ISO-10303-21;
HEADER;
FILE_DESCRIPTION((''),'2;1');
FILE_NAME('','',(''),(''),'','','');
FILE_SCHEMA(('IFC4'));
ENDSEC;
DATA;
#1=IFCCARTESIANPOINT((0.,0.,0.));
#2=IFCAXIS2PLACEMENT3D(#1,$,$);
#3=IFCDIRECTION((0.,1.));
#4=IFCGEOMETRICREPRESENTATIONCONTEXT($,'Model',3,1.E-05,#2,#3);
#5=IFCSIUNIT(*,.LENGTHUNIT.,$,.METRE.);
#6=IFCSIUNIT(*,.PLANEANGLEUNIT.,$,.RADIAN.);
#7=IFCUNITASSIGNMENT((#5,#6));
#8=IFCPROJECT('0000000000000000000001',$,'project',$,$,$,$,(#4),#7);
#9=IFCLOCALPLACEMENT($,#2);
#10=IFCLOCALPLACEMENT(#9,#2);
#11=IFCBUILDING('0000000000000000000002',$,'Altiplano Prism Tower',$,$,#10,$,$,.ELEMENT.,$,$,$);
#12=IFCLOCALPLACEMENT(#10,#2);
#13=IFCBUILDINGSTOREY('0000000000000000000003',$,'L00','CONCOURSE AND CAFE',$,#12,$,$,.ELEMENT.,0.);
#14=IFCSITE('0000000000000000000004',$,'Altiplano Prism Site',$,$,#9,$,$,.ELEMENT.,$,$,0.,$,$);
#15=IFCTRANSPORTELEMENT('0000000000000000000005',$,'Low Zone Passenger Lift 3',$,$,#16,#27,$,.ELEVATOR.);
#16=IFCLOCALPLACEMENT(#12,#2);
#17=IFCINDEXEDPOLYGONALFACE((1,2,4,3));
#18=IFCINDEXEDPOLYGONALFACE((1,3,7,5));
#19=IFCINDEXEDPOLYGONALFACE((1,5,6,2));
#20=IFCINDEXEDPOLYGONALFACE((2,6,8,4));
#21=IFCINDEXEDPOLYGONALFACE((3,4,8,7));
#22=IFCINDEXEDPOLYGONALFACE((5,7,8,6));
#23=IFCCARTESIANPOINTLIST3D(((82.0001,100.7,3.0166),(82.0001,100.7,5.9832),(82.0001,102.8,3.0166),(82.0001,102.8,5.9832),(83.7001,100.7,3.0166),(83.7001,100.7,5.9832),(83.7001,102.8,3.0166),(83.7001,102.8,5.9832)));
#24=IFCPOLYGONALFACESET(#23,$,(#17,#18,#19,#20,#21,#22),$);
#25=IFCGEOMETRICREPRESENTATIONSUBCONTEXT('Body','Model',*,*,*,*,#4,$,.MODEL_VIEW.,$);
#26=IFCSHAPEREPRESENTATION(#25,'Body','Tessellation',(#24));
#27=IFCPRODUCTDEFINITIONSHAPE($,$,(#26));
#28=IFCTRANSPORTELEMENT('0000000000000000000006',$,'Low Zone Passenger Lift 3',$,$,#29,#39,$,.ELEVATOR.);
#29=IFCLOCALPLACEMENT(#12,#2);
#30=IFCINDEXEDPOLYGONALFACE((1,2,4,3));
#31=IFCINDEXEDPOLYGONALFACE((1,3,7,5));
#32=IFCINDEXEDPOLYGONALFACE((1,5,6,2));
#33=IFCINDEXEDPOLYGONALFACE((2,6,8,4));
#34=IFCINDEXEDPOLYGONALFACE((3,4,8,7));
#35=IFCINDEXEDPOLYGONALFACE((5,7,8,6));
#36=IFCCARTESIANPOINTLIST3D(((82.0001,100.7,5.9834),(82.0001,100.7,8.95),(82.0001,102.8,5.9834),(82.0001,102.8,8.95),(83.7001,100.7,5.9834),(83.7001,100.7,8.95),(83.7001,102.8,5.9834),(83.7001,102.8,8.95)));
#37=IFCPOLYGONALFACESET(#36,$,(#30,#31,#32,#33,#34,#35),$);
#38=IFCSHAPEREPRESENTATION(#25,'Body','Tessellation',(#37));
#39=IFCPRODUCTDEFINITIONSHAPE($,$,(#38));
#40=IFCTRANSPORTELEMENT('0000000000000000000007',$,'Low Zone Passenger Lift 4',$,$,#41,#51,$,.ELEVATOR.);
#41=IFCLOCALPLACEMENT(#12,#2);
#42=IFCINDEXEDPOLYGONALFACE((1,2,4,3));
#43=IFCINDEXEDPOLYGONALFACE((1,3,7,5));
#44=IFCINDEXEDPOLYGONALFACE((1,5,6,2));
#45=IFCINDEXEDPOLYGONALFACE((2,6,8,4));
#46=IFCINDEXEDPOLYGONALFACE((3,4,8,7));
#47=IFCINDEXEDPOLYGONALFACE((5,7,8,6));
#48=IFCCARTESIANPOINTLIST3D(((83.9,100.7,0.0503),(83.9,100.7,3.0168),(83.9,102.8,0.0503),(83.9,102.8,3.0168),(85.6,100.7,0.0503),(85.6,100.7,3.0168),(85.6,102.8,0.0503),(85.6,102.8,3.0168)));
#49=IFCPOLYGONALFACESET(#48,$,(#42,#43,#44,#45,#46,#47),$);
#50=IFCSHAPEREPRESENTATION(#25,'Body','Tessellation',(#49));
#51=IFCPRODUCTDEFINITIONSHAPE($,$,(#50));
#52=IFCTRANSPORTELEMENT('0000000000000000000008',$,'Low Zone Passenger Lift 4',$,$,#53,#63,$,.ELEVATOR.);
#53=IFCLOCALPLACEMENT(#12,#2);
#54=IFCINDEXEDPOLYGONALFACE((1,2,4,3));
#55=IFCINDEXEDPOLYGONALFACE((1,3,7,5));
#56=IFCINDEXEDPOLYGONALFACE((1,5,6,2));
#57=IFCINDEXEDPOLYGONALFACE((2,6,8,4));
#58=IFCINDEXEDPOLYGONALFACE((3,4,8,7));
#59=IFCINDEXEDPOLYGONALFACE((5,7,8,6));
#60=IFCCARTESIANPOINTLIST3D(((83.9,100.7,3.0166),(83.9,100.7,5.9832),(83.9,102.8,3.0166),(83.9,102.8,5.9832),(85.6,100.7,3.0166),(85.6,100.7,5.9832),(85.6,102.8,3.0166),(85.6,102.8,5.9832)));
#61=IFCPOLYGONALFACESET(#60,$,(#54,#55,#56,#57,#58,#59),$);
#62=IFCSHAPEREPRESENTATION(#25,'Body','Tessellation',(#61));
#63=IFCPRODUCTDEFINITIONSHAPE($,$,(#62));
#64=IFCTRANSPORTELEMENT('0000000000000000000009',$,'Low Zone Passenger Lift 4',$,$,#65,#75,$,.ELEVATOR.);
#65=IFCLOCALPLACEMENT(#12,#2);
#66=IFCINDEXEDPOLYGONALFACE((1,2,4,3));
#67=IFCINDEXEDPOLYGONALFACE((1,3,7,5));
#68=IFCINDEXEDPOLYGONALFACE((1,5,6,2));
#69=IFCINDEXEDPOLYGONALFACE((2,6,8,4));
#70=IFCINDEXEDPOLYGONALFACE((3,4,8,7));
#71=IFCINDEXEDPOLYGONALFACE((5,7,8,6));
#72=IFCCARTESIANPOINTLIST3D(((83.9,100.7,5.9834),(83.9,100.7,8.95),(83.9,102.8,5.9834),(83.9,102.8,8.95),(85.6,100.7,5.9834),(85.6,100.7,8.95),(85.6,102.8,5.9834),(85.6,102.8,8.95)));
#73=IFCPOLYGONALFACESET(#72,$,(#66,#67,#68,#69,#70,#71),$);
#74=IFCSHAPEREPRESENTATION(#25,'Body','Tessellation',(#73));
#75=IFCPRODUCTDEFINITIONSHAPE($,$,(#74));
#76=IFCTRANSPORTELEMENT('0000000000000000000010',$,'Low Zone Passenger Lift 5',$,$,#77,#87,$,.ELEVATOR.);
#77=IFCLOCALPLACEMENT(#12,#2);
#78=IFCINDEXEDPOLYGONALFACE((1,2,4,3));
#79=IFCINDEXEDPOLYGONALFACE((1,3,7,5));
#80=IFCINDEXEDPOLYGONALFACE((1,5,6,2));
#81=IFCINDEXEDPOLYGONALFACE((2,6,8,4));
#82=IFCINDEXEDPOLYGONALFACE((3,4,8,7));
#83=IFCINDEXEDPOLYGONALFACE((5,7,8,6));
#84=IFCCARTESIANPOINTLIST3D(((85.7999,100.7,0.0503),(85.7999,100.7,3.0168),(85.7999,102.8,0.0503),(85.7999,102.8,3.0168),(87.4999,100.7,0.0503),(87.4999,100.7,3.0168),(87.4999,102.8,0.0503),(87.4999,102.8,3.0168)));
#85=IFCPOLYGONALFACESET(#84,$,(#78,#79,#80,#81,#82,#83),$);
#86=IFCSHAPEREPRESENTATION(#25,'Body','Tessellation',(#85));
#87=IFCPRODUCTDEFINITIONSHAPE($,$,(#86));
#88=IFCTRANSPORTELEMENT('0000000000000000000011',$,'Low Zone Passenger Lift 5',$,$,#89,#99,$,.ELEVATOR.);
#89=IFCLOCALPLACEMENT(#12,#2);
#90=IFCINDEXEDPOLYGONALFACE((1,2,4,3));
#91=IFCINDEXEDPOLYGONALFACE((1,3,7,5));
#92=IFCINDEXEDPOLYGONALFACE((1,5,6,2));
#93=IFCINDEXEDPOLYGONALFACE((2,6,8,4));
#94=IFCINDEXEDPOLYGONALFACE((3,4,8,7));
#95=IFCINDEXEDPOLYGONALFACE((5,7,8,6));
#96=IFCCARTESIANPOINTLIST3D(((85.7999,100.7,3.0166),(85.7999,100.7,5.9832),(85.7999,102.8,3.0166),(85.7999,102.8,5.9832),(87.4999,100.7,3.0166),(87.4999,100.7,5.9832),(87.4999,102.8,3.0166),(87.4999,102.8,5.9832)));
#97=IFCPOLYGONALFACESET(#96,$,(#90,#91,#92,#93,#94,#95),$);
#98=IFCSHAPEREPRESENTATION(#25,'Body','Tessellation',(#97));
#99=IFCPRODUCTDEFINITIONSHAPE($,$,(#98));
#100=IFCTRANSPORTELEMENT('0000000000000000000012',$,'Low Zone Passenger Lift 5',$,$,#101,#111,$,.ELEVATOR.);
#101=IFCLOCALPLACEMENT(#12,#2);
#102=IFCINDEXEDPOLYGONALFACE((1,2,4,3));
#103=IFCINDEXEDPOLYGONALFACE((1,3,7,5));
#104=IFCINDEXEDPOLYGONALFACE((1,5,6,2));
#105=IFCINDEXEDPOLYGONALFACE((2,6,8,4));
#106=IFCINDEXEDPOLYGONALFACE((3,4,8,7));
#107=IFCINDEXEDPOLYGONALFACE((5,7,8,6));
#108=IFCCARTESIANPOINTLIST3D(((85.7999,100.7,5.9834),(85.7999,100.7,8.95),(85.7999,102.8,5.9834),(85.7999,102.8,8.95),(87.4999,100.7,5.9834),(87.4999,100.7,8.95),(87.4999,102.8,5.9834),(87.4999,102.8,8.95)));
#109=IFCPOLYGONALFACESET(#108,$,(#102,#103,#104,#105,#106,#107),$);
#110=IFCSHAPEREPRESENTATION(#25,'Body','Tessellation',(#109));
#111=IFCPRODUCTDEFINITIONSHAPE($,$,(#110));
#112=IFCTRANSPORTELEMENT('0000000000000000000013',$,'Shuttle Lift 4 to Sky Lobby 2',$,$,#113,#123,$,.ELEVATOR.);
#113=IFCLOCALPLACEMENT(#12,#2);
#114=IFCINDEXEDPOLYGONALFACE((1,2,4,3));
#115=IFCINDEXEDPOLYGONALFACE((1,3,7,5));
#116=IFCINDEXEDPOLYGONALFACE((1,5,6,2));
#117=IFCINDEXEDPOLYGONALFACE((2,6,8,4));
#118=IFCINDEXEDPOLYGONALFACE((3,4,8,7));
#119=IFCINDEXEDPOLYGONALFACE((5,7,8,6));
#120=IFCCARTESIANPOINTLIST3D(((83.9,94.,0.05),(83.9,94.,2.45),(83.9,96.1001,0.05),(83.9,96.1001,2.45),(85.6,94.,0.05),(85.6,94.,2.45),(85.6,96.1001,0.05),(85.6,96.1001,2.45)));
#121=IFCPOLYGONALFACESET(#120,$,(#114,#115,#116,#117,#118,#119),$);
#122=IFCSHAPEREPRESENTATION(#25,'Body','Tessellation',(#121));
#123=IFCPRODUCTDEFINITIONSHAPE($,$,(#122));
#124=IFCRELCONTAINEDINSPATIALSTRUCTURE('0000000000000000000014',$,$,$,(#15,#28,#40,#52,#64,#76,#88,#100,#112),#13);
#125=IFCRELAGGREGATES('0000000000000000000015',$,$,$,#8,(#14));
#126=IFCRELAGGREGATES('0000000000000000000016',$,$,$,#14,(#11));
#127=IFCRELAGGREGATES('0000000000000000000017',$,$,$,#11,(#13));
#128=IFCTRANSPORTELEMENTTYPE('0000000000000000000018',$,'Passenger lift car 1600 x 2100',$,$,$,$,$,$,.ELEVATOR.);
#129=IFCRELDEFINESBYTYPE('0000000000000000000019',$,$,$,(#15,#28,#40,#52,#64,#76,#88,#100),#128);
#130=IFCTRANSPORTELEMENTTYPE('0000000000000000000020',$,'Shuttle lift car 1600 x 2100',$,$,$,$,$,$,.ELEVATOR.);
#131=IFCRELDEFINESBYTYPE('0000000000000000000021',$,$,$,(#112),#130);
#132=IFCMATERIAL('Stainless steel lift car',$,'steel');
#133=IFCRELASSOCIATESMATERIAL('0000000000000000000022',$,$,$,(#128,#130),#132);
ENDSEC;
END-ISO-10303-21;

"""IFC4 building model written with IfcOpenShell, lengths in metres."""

from ifc_helpers import new_model, si_unit, direction, frame, origin, origin_2d, place, context, subcontext, project, spatial, rectangle, extrude, material, type_object, element, save


model = new_model("IFC4")

# Units and contexts
model_context = context("Model", 3, precision=1e-05, world=origin(), true_north=direction((0.0, 1.0)))
body_context = subcontext(model_context, "Body", "Model", "MODEL_VIEW")
ifc_project = project(units=[si_unit("LENGTHUNIT", "METRE"), si_unit("PLANEANGLEUNIT", "RADIAN")], contexts=[model_context])

# Site, building, storey
site_placement = place(None, origin())
site = spatial("IfcSite", under=ifc_project, at=site_placement, Name="Altiplano Prism Site", CompositionType="ELEMENT", RefElevation=0.0)
building_placement = place(site_placement, origin())
building = spatial("IfcBuilding", under=site, at=building_placement, Name="Altiplano Prism Tower", CompositionType="ELEMENT")
storey_placement = place(building_placement, origin())
storey = spatial("IfcBuildingStorey", under=building, at=storey_placement, Name="L00", Description="CONCOURSE AND CAFE", CompositionType="ELEMENT", Elevation=0.0)

# Transport elements
ifc_material_1 = material(Name="Stainless steel lift car", Category="steel")
transport_element_type_1 = type_object("IfcTransportElementType", Name="Passenger lift car 1600 x 2100", PredefinedType="ELEVATOR", material=ifc_material_1)
for number, where, z_axis, x_axis, name in (
    (1, (82.8501, 101.75, 3.0166), (0.0, 0.0, 1.0), (1.0, 0.0, 0.0), "Low Zone Passenger Lift 3"),
    (2, (82.8501, 101.75, 5.9834), (0.0, 0.0, 1.0), (1.0, 0.0, 0.0), "Low Zone Passenger Lift 3"),
    (3, (84.75, 101.75, 0.0503), (0.0, 0.0, 1.0), (1.0, 0.0, 0.0), "Low Zone Passenger Lift 4"),
    (4, (84.75, 101.75, 3.0166), (0.0, 0.0, 1.0), (1.0, 0.0, 0.0), "Low Zone Passenger Lift 4"),
    (5, (84.75, 101.75, 5.9834), (0.0, 0.0, 1.0), (1.0, 0.0, 0.0), "Low Zone Passenger Lift 4"),
    (6, (86.6499, 101.75, 0.0503), (0.0, 0.0, 1.0), (1.0, 0.0, 0.0), "Low Zone Passenger Lift 5"),
    (7, (86.6499, 101.75, 3.0166), (0.0, 0.0, 1.0), (1.0, 0.0, 0.0), "Low Zone Passenger Lift 5"),
    (8, (86.6499, 101.75, 5.9834), (0.0, 0.0, 1.0), (1.0, 0.0, 0.0), "Low Zone Passenger Lift 5"),
):
    element("IfcTransportElement", number, at=place(storey_placement, frame(where, z_axis=z_axis, x_axis=x_axis)), inside=storey, type_object=transport_element_type_1, Name=name, PredefinedType="ELEVATOR", context=body_context, shape_type="SweptSolid", body=[
        extrude(rectangle(XDim=1.7, YDim=2.1001, at=origin_2d()), origin(), (0.0, 0.0, 1.0), 2.9666),
    ])
transport_element_type_2 = type_object("IfcTransportElementType", Name="Shuttle lift car 1600 x 2100", PredefinedType="ELEVATOR", material=ifc_material_1)
transport_element_placement = place(storey_placement, frame((84.75, 95.05, 0.05), z_axis=(0.0, 0.0, 1.0), x_axis=(1.0, 0.0, 0.0)))
element("IfcTransportElement", 9, at=transport_element_placement, inside=storey, type_object=transport_element_type_2, Name="Shuttle Lift 4 to Sky Lobby 2", PredefinedType="ELEVATOR", context=body_context, shape_type="SweptSolid", body=[
    extrude(rectangle(XDim=1.7, YDim=2.1001, at=origin_2d()), origin(), (0.0, 0.0, 1.0), 2.3999),
])

save(model, "model.ifc")
